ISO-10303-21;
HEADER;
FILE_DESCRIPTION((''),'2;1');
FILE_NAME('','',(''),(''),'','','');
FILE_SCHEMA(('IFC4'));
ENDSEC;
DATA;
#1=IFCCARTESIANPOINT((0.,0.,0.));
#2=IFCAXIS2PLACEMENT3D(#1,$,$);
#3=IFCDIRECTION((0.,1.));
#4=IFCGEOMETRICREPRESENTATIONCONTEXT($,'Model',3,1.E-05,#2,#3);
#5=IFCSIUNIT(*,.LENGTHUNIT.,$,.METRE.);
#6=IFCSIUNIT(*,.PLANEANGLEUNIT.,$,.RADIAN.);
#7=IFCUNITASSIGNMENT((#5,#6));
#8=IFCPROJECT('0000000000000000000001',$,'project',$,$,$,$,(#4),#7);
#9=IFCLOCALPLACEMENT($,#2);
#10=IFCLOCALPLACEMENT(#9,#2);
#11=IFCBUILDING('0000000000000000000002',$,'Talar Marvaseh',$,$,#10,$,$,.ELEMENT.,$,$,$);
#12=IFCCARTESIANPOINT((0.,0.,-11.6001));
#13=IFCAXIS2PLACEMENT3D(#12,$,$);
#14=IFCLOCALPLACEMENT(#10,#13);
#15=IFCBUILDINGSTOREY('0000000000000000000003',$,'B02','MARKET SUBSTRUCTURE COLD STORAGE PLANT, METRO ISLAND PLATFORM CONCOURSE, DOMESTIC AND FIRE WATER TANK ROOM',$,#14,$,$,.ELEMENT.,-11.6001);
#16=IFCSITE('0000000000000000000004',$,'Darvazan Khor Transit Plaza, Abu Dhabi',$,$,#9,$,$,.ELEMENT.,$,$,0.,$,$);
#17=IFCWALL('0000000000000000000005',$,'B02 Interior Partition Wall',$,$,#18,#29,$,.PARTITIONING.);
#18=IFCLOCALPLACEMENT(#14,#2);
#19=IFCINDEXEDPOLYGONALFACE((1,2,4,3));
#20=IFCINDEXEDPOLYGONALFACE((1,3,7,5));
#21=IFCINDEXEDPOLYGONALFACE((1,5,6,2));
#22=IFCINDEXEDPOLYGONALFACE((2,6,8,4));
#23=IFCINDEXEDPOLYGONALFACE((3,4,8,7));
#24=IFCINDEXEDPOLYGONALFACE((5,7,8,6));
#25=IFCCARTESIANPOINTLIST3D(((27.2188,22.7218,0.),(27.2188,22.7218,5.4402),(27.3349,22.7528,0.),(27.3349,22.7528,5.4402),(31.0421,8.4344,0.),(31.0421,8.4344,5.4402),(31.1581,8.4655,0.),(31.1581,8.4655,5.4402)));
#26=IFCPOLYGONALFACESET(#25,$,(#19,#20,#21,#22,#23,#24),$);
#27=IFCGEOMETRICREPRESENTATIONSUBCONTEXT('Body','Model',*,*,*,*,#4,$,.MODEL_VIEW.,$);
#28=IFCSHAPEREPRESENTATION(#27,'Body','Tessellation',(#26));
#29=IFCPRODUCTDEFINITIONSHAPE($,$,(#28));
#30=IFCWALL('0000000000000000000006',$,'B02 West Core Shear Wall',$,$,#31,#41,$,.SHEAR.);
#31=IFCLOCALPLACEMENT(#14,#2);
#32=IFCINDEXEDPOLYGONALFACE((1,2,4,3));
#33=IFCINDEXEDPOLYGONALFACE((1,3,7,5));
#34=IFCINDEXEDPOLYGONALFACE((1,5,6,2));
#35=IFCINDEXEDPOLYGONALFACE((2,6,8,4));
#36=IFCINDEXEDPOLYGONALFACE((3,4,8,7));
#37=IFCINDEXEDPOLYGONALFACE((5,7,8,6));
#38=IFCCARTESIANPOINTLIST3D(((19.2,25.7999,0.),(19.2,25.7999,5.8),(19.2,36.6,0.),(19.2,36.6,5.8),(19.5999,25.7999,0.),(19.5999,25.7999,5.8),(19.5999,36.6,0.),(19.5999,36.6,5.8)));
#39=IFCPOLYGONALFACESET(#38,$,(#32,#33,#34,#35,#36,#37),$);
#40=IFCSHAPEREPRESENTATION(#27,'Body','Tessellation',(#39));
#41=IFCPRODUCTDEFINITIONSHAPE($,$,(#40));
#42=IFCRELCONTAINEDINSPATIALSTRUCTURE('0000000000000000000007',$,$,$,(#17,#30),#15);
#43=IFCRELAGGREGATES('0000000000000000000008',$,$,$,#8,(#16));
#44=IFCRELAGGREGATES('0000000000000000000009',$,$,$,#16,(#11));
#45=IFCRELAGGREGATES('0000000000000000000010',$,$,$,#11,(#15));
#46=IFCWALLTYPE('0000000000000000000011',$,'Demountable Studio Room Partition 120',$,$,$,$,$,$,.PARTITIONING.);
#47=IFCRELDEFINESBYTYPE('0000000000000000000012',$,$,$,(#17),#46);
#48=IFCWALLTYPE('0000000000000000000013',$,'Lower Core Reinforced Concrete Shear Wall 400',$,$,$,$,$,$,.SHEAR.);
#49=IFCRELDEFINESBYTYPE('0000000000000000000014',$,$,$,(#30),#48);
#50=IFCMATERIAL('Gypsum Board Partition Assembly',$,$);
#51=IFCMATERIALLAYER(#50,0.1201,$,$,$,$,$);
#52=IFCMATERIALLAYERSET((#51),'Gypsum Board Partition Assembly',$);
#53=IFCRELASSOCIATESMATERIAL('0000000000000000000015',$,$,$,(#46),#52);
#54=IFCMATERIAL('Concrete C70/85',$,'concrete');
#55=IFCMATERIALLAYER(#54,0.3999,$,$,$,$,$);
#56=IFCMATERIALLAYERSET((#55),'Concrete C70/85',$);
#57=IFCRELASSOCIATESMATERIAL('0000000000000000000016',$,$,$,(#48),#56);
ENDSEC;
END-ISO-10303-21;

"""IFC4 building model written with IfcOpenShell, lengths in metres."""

from ifc_helpers import new_model, si_unit, direction, frame, frame_2d, origin, place, context, subcontext, project, spatial, rectangle, extrude, material, layer, layer_set, type_object, element, save


model = new_model("IFC4")

# Units and contexts
model_context = context("Model", 3, precision=1e-05, world=origin(), true_north=direction((0.0, 1.0)))
body_context = subcontext(model_context, "Body", "Model", "MODEL_VIEW")
ifc_project = project(units=[si_unit("LENGTHUNIT", "METRE"), si_unit("PLANEANGLEUNIT", "RADIAN")], contexts=[model_context])

# Site, building, storey
site_placement = place(None, origin())
site = spatial("IfcSite", under=ifc_project, at=site_placement, Name="Darvazan Khor Transit Plaza, Abu Dhabi", CompositionType="ELEMENT", RefElevation=0.0)
building_placement = place(site_placement, origin())
building = spatial("IfcBuilding", under=site, at=building_placement, Name="Talar Marvaseh", CompositionType="ELEMENT")
storey_placement = place(building_placement, frame((0.0, 0.0, -11.6001)))
storey = spatial("IfcBuildingStorey", under=building, at=storey_placement, Name="B02", Description="MARKET SUBSTRUCTURE COLD STORAGE PLANT, METRO ISLAND PLATFORM CONCOURSE, DOMESTIC AND FIRE WATER TANK ROOM", CompositionType="ELEMENT", Elevation=-11.6001)

# Shared definitions
ifc_material_1 = material(Name="Concrete C70/85", Category="concrete")

# Walls
ifc_material_2 = material(Name="Gypsum Board Partition Assembly")
ifc_layer_1 = layer(ifc_material_2, 0.1201)
ifc_layer_set_1 = layer_set([ifc_layer_1], Name="Gypsum Board Partition Assembly")
wall_type_1 = type_object("IfcWallType", Name="Demountable Studio Room Partition 120", PredefinedType="PARTITIONING", material=ifc_layer_set_1)
wall_1_placement = place(storey_placement, frame((27.2769, 22.7373, 0.0), z_axis=(0.0, 0.0, 1.0), x_axis=(0.258501, -0.966011, 0.0)))
element("IfcWall", 1, at=wall_1_placement, inside=storey, type_object=wall_type_1, Name="B02 Interior Partition Wall", PredefinedType="PARTITIONING", context=body_context, shape_type="SweptSolid", body=[
    extrude(rectangle(XDim=14.79, YDim=0.1201, at=frame_2d((7.395, 0.0))), origin(), (0.0, 0.0, 1.0), 5.4402),
])
ifc_layer_2 = layer(ifc_material_1, 0.3999)
ifc_layer_set_2 = layer_set([ifc_layer_2], Name="Concrete C70/85")
wall_type_2 = type_object("IfcWallType", Name="Lower Core Reinforced Concrete Shear Wall 400", PredefinedType="SHEAR", material=ifc_layer_set_2)
wall_2_placement = place(storey_placement, frame((19.3999, 25.8, 0.0), z_axis=(0.0, 0.0, 1.0), x_axis=(0.0, 1.0, 0.0)))
element("IfcWall", 2, at=wall_2_placement, inside=storey, type_object=wall_type_2, Name="B02 West Core Shear Wall", PredefinedType="SHEAR", context=body_context, shape_type="SweptSolid", body=[
    extrude(rectangle(XDim=10.8, YDim=0.3999, at=frame_2d((5.3999, 0.0))), origin(), (0.0, 0.0, 1.0), 5.8),
])

save(model, "model.ifc")
